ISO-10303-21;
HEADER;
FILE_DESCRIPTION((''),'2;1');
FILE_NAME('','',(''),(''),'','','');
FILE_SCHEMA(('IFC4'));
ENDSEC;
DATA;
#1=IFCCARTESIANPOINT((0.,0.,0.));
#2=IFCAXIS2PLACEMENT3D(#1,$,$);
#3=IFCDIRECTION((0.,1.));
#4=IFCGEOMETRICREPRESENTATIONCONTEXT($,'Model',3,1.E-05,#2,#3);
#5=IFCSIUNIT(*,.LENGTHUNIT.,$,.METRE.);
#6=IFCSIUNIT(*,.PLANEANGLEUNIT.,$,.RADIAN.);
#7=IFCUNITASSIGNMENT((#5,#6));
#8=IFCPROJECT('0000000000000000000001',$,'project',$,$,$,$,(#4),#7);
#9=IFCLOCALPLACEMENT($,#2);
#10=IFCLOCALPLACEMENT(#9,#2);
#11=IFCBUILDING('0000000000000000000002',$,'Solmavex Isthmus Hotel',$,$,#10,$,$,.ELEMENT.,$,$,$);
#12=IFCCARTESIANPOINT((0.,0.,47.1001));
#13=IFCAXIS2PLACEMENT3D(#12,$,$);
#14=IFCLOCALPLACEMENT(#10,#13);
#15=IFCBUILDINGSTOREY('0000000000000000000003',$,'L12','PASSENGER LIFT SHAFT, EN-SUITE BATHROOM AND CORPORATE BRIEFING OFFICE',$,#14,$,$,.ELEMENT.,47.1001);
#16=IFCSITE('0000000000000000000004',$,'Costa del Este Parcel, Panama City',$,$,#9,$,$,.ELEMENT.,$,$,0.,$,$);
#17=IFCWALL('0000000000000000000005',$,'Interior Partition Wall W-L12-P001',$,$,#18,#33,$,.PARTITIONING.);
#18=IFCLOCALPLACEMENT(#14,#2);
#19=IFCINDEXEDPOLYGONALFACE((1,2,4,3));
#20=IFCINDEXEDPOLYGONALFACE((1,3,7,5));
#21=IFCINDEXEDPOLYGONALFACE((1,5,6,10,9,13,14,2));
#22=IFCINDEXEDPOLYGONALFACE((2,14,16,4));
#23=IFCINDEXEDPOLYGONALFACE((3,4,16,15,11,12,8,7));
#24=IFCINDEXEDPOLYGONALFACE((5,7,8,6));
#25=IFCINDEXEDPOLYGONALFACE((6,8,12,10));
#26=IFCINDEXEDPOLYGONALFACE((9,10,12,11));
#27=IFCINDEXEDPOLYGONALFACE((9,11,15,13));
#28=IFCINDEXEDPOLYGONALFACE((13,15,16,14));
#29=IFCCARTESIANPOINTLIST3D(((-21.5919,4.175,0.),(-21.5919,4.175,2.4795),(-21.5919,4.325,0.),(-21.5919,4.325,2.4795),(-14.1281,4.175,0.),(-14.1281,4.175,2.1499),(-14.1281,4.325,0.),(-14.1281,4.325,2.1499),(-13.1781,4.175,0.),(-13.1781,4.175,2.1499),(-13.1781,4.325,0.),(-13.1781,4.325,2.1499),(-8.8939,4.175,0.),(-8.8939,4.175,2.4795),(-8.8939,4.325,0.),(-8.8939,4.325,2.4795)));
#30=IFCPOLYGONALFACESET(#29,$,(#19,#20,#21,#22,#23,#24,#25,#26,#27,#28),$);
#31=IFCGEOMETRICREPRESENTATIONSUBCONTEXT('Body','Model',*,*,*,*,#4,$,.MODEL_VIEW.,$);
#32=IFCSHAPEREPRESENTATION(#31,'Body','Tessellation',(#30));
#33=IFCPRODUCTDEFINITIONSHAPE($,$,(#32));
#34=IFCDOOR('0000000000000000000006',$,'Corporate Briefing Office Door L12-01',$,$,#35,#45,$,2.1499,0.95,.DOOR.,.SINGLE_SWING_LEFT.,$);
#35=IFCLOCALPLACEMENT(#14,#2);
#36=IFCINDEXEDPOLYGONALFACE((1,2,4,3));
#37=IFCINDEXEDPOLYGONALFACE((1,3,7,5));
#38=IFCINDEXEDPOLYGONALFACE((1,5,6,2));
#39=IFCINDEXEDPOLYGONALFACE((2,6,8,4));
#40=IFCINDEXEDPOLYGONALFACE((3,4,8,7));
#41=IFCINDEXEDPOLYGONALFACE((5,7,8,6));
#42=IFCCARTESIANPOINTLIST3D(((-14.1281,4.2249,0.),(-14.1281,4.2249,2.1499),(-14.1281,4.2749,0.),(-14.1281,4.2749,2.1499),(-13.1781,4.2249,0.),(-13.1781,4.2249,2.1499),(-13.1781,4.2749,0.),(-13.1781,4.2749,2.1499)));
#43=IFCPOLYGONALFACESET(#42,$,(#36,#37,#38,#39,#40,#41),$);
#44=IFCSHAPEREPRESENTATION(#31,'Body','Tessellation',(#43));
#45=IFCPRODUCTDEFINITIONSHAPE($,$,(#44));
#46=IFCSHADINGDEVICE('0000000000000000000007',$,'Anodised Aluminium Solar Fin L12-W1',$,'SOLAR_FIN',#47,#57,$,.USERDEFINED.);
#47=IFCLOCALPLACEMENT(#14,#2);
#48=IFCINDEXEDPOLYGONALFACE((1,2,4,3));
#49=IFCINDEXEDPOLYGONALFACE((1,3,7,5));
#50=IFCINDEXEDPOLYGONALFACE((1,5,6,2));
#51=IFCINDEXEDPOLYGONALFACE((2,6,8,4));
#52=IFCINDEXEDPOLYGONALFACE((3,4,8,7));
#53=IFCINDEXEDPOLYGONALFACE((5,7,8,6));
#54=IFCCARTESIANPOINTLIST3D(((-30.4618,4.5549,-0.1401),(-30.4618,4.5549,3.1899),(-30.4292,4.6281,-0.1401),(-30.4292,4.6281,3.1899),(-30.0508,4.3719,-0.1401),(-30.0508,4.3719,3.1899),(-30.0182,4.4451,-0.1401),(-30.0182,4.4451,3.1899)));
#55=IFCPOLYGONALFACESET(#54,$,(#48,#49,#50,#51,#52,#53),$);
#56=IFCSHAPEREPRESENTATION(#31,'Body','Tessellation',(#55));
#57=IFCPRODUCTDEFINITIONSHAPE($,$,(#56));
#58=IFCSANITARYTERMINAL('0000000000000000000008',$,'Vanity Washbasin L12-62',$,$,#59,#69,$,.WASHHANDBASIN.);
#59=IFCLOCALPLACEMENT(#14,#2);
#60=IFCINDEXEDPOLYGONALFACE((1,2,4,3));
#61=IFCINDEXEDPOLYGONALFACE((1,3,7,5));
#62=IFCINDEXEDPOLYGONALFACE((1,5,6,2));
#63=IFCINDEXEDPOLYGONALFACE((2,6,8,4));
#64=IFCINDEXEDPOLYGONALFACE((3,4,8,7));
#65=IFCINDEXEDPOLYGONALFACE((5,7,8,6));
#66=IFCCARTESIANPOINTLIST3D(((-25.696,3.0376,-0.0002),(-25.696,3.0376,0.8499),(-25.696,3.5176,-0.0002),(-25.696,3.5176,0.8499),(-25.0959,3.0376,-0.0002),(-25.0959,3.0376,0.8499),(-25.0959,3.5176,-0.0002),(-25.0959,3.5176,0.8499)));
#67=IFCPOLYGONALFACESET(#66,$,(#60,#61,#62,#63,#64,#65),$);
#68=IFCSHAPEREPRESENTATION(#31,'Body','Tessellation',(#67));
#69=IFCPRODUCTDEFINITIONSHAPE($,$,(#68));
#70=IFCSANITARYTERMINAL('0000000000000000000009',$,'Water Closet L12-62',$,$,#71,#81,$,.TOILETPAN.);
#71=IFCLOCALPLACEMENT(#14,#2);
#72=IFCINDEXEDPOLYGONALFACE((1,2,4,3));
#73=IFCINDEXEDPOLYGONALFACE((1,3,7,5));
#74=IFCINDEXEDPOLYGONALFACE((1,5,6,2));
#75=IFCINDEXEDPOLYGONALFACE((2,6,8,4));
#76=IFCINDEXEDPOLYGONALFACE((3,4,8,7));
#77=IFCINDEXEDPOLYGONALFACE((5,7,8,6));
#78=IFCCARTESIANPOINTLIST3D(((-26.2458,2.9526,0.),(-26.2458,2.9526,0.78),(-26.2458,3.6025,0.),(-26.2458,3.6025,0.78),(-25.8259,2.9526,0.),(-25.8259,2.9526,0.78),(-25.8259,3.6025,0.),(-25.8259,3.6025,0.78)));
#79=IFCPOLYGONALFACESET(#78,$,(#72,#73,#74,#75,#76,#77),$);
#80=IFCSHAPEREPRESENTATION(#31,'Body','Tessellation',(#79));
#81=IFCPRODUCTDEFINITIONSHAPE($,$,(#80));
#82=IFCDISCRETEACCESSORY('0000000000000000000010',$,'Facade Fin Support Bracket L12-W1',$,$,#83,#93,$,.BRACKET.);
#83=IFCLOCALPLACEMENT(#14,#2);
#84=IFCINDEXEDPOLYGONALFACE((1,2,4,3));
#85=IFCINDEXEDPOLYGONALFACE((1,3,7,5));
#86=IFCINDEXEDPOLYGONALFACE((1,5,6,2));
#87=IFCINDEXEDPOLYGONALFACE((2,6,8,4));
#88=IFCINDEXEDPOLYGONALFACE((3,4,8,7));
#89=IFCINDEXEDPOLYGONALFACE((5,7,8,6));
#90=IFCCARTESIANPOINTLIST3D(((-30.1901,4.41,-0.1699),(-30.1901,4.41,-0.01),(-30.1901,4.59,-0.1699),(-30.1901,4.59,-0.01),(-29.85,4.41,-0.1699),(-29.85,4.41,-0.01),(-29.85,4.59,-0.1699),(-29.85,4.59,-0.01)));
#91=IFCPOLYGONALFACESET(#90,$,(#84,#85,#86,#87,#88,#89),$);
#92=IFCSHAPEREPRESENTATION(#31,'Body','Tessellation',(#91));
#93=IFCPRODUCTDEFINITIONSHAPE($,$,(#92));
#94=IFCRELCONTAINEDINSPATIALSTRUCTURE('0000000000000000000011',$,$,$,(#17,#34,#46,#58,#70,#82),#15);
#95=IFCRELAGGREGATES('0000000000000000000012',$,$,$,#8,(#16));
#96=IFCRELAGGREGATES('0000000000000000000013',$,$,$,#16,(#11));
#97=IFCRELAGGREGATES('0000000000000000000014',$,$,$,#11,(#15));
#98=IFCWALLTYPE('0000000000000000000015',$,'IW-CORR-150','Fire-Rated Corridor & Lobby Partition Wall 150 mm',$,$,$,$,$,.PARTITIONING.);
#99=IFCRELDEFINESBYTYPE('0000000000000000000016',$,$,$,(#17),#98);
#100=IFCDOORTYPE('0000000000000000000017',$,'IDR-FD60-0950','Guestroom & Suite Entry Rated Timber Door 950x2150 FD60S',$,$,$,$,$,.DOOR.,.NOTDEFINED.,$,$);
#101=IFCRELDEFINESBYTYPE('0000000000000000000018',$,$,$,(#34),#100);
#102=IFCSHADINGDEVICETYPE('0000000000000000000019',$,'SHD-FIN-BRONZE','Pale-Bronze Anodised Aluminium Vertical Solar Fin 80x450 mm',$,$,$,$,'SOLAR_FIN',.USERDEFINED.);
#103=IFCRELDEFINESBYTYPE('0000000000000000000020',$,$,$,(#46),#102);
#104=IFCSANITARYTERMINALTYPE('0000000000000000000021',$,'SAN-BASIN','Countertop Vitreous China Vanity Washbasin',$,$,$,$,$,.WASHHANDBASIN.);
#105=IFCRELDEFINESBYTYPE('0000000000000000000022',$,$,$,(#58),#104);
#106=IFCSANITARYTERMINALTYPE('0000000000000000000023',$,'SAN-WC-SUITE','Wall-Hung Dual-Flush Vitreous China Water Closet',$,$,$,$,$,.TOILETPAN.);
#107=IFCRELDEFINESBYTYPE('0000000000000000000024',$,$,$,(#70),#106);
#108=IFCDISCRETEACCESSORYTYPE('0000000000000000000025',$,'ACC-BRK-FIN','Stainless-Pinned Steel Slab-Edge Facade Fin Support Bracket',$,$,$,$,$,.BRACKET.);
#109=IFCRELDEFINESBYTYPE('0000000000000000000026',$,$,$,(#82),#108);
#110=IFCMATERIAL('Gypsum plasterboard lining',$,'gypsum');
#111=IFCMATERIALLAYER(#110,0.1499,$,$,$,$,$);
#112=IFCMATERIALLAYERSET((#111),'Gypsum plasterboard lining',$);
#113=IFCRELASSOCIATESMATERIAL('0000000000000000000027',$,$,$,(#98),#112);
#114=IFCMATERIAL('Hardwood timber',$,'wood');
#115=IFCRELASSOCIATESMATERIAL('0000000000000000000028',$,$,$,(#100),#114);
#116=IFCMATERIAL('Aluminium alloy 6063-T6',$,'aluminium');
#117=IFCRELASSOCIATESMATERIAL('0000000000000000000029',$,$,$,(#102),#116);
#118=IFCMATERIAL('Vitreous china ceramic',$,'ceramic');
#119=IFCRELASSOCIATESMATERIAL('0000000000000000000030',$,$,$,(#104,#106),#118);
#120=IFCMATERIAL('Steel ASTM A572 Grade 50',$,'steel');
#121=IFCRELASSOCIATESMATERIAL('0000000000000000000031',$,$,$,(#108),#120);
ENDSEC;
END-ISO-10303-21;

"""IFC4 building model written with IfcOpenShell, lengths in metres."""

from ifc_helpers import new_model, si_unit, direction, frame, frame_2d, origin, origin_2d, place, context, subcontext, project, spatial, rectangle, extrude, material, layer, layer_set, type_object, element, fill, save


model = new_model("IFC4")

# Units and contexts
model_context = context("Model", 3, precision=1e-05, world=origin(), true_north=direction((0.0, 1.0)))
body_context = subcontext(model_context, "Body", "Model", "MODEL_VIEW")
ifc_project = project(units=[si_unit("LENGTHUNIT", "METRE"), si_unit("PLANEANGLEUNIT", "RADIAN")], contexts=[model_context])

# Site, building, storey
site_placement = place(None, origin())
site = spatial("IfcSite", under=ifc_project, at=site_placement, Name="Costa del Este Parcel, Panama City", CompositionType="ELEMENT", RefElevation=0.0)
building_placement = place(site_placement, origin())
building = spatial("IfcBuilding", under=site, at=building_placement, Name="Solmavex Isthmus Hotel", CompositionType="ELEMENT")
storey_placement = place(building_placement, frame((0.0, 0.0, 47.1001)))
storey = spatial("IfcBuildingStorey", under=building, at=storey_placement, Name="L12", Description="PASSENGER LIFT SHAFT, EN-SUITE BATHROOM AND CORPORATE BRIEFING OFFICE", CompositionType="ELEMENT", Elevation=47.1001)

# Shared definitions
ifc_material_1 = material(Name="Aluminium alloy 6063-T6", Category="aluminium")

# Shared definitions
ifc_material_2 = material(Name="Gypsum plasterboard lining", Category="gypsum")

# Wall, opening, door
ifc_layer_1 = layer(ifc_material_2, 0.1499)
ifc_layer_set_1 = layer_set([ifc_layer_1], Name="Gypsum plasterboard lining")
wall_type_1 = type_object("IfcWallType", Name="IW-CORR-150", Description="Fire-Rated Corridor & Lobby Partition Wall 150 mm", PredefinedType="PARTITIONING", material=ifc_layer_set_1)
wall_1_placement = place(storey_placement, frame((-21.592, 4.25, 0.0), z_axis=(0.0, 0.0, 1.0), x_axis=(1.0, 0.0, 0.0)))
wall_1 = element("IfcWall", 1, at=wall_1_placement, inside=storey, type_object=wall_type_1, Name="Interior Partition Wall W-L12-P001", PredefinedType="PARTITIONING", context=body_context, shape_type="SweptSolid", body=[
    extrude(rectangle(XDim=12.698, YDim=0.1499, at=frame_2d((6.3491, 0.0))), origin(), (0.0, 0.0, 1.0), 2.4795),
])
opening_placement = place(wall_1_placement, frame((7.4639, 0.0, 0.0)))
opening = element("IfcOpeningElement", 2, at=opening_placement, cuts=wall_1, PredefinedType="OPENING", context=body_context, shape_type="SweptSolid", body=[
    extrude(rectangle(XDim=0.95, YDim=2.1499, at=frame_2d((0.4751, 1.075))), frame((0.0, 0.085, 0.0), z_axis=(0.0, -1.0, 0.0), x_axis=(1.0, 0.0, 0.0)), (0.0, 0.0, 1.0), 0.1699),
])
ifc_material_3 = material(Name="Hardwood timber", Category="wood")
door_type = type_object("IfcDoorType", Name="IDR-FD60-0950", Description="Guestroom & Suite Entry Rated Timber Door 950x2150 FD60S", OperationType="NOTDEFINED", PredefinedType="DOOR", material=ifc_material_3)
door_placement = place(opening_placement, origin())
door = element("IfcDoor", 3, at=door_placement, inside=storey, type_object=door_type, Name="Corporate Briefing Office Door L12-01", OperationType="SINGLE_SWING_LEFT", OverallHeight=2.1499, OverallWidth=0.95, PredefinedType="DOOR", context=body_context, shape_type="SweptSolid", body=[
    extrude(rectangle(XDim=0.95, YDim=2.1499, at=frame_2d((0.4751, 1.075))), frame((0.0, 0.0249, 0.0), z_axis=(0.0, -1.0, 0.0), x_axis=(1.0, 0.0, 0.0)), (0.0, 0.0, 1.0), 0.05),
])
fill(opening, door)

# Shading device
shading_device_type = type_object("IfcShadingDeviceType", Name="SHD-FIN-BRONZE", Description="Pale-Bronze Anodised Aluminium Vertical Solar Fin 80x450 mm", ElementType="SOLAR_FIN", PredefinedType="USERDEFINED", material=ifc_material_1)
shading_device_placement = place(storey_placement, frame((-30.24, 4.5, -0.1401), z_axis=(0.0, 0.0, 1.0), x_axis=(-0.913545, 0.406737, 0.0)))
element("IfcShadingDevice", 4, at=shading_device_placement, inside=storey, type_object=shading_device_type, Name="Anodised Aluminium Solar Fin L12-W1", ObjectType="SOLAR_FIN", PredefinedType="USERDEFINED", context=body_context, shape_type="SweptSolid", body=[
    extrude(rectangle(XDim=0.45, YDim=0.0801, at=origin_2d()), origin(), (0.0, 0.0, 1.0), 3.3301),
])

# Sanitary terminals
ifc_material_4 = material(Name="Vitreous china ceramic", Category="ceramic")
sanitary_terminal_type_1 = type_object("IfcSanitaryTerminalType", Name="SAN-BASIN", Description="Countertop Vitreous China Vanity Washbasin", PredefinedType="WASHHANDBASIN", material=ifc_material_4)
sanitary_terminal_1_placement = place(storey_placement, frame((-25.396, 3.2776, -0.0002), z_axis=(0.0, 0.0, 1.0), x_axis=(1.0, 0.0, 0.0)))
element("IfcSanitaryTerminal", 5, at=sanitary_terminal_1_placement, inside=storey, type_object=sanitary_terminal_type_1, Name="Vanity Washbasin L12-62", PredefinedType="WASHHANDBASIN", context=body_context, shape_type="SweptSolid", body=[
    extrude(rectangle(XDim=0.6001, YDim=0.48, at=origin_2d()), origin(), (0.0, 0.0, 1.0), 0.8501),
])
sanitary_terminal_type_2 = type_object("IfcSanitaryTerminalType", Name="SAN-WC-SUITE", Description="Wall-Hung Dual-Flush Vitreous China Water Closet", PredefinedType="TOILETPAN", material=ifc_material_4)
sanitary_terminal_2_placement = place(storey_placement, frame((-26.0359, 3.2776, 0.0), z_axis=(0.0, 0.0, 1.0), x_axis=(1.0, 0.0, 0.0)))
element("IfcSanitaryTerminal", 6, at=sanitary_terminal_2_placement, inside=storey, type_object=sanitary_terminal_type_2, Name="Water Closet L12-62", PredefinedType="TOILETPAN", context=body_context, shape_type="SweptSolid", body=[
    extrude(rectangle(XDim=0.4199, YDim=0.6499, at=origin_2d()), origin(), (0.0, 0.0, 1.0), 0.78),
])

# Discrete accessory
ifc_material_5 = material(Name="Steel ASTM A572 Grade 50", Category="steel")
discrete_accessory_type = type_object("IfcDiscreteAccessoryType", Name="ACC-BRK-FIN", Description="Stainless-Pinned Steel Slab-Edge Facade Fin Support Bracket", PredefinedType="BRACKET", material=ifc_material_5)
discrete_accessory_placement = place(storey_placement, frame((-30.02, 4.5, -0.1699), z_axis=(0.0, 0.0, 1.0), x_axis=(-1.0, 0.0, 0.0)))
element("IfcDiscreteAccessory", 7, at=discrete_accessory_placement, inside=storey, type_object=discrete_accessory_type, Name="Facade Fin Support Bracket L12-W1", PredefinedType="BRACKET", context=body_context, shape_type="SweptSolid", body=[
    extrude(rectangle(XDim=0.3401, YDim=0.1799, at=origin_2d()), origin(), (0.0, 0.0, 1.0), 0.1599),
])

save(model, "model.ifc")
